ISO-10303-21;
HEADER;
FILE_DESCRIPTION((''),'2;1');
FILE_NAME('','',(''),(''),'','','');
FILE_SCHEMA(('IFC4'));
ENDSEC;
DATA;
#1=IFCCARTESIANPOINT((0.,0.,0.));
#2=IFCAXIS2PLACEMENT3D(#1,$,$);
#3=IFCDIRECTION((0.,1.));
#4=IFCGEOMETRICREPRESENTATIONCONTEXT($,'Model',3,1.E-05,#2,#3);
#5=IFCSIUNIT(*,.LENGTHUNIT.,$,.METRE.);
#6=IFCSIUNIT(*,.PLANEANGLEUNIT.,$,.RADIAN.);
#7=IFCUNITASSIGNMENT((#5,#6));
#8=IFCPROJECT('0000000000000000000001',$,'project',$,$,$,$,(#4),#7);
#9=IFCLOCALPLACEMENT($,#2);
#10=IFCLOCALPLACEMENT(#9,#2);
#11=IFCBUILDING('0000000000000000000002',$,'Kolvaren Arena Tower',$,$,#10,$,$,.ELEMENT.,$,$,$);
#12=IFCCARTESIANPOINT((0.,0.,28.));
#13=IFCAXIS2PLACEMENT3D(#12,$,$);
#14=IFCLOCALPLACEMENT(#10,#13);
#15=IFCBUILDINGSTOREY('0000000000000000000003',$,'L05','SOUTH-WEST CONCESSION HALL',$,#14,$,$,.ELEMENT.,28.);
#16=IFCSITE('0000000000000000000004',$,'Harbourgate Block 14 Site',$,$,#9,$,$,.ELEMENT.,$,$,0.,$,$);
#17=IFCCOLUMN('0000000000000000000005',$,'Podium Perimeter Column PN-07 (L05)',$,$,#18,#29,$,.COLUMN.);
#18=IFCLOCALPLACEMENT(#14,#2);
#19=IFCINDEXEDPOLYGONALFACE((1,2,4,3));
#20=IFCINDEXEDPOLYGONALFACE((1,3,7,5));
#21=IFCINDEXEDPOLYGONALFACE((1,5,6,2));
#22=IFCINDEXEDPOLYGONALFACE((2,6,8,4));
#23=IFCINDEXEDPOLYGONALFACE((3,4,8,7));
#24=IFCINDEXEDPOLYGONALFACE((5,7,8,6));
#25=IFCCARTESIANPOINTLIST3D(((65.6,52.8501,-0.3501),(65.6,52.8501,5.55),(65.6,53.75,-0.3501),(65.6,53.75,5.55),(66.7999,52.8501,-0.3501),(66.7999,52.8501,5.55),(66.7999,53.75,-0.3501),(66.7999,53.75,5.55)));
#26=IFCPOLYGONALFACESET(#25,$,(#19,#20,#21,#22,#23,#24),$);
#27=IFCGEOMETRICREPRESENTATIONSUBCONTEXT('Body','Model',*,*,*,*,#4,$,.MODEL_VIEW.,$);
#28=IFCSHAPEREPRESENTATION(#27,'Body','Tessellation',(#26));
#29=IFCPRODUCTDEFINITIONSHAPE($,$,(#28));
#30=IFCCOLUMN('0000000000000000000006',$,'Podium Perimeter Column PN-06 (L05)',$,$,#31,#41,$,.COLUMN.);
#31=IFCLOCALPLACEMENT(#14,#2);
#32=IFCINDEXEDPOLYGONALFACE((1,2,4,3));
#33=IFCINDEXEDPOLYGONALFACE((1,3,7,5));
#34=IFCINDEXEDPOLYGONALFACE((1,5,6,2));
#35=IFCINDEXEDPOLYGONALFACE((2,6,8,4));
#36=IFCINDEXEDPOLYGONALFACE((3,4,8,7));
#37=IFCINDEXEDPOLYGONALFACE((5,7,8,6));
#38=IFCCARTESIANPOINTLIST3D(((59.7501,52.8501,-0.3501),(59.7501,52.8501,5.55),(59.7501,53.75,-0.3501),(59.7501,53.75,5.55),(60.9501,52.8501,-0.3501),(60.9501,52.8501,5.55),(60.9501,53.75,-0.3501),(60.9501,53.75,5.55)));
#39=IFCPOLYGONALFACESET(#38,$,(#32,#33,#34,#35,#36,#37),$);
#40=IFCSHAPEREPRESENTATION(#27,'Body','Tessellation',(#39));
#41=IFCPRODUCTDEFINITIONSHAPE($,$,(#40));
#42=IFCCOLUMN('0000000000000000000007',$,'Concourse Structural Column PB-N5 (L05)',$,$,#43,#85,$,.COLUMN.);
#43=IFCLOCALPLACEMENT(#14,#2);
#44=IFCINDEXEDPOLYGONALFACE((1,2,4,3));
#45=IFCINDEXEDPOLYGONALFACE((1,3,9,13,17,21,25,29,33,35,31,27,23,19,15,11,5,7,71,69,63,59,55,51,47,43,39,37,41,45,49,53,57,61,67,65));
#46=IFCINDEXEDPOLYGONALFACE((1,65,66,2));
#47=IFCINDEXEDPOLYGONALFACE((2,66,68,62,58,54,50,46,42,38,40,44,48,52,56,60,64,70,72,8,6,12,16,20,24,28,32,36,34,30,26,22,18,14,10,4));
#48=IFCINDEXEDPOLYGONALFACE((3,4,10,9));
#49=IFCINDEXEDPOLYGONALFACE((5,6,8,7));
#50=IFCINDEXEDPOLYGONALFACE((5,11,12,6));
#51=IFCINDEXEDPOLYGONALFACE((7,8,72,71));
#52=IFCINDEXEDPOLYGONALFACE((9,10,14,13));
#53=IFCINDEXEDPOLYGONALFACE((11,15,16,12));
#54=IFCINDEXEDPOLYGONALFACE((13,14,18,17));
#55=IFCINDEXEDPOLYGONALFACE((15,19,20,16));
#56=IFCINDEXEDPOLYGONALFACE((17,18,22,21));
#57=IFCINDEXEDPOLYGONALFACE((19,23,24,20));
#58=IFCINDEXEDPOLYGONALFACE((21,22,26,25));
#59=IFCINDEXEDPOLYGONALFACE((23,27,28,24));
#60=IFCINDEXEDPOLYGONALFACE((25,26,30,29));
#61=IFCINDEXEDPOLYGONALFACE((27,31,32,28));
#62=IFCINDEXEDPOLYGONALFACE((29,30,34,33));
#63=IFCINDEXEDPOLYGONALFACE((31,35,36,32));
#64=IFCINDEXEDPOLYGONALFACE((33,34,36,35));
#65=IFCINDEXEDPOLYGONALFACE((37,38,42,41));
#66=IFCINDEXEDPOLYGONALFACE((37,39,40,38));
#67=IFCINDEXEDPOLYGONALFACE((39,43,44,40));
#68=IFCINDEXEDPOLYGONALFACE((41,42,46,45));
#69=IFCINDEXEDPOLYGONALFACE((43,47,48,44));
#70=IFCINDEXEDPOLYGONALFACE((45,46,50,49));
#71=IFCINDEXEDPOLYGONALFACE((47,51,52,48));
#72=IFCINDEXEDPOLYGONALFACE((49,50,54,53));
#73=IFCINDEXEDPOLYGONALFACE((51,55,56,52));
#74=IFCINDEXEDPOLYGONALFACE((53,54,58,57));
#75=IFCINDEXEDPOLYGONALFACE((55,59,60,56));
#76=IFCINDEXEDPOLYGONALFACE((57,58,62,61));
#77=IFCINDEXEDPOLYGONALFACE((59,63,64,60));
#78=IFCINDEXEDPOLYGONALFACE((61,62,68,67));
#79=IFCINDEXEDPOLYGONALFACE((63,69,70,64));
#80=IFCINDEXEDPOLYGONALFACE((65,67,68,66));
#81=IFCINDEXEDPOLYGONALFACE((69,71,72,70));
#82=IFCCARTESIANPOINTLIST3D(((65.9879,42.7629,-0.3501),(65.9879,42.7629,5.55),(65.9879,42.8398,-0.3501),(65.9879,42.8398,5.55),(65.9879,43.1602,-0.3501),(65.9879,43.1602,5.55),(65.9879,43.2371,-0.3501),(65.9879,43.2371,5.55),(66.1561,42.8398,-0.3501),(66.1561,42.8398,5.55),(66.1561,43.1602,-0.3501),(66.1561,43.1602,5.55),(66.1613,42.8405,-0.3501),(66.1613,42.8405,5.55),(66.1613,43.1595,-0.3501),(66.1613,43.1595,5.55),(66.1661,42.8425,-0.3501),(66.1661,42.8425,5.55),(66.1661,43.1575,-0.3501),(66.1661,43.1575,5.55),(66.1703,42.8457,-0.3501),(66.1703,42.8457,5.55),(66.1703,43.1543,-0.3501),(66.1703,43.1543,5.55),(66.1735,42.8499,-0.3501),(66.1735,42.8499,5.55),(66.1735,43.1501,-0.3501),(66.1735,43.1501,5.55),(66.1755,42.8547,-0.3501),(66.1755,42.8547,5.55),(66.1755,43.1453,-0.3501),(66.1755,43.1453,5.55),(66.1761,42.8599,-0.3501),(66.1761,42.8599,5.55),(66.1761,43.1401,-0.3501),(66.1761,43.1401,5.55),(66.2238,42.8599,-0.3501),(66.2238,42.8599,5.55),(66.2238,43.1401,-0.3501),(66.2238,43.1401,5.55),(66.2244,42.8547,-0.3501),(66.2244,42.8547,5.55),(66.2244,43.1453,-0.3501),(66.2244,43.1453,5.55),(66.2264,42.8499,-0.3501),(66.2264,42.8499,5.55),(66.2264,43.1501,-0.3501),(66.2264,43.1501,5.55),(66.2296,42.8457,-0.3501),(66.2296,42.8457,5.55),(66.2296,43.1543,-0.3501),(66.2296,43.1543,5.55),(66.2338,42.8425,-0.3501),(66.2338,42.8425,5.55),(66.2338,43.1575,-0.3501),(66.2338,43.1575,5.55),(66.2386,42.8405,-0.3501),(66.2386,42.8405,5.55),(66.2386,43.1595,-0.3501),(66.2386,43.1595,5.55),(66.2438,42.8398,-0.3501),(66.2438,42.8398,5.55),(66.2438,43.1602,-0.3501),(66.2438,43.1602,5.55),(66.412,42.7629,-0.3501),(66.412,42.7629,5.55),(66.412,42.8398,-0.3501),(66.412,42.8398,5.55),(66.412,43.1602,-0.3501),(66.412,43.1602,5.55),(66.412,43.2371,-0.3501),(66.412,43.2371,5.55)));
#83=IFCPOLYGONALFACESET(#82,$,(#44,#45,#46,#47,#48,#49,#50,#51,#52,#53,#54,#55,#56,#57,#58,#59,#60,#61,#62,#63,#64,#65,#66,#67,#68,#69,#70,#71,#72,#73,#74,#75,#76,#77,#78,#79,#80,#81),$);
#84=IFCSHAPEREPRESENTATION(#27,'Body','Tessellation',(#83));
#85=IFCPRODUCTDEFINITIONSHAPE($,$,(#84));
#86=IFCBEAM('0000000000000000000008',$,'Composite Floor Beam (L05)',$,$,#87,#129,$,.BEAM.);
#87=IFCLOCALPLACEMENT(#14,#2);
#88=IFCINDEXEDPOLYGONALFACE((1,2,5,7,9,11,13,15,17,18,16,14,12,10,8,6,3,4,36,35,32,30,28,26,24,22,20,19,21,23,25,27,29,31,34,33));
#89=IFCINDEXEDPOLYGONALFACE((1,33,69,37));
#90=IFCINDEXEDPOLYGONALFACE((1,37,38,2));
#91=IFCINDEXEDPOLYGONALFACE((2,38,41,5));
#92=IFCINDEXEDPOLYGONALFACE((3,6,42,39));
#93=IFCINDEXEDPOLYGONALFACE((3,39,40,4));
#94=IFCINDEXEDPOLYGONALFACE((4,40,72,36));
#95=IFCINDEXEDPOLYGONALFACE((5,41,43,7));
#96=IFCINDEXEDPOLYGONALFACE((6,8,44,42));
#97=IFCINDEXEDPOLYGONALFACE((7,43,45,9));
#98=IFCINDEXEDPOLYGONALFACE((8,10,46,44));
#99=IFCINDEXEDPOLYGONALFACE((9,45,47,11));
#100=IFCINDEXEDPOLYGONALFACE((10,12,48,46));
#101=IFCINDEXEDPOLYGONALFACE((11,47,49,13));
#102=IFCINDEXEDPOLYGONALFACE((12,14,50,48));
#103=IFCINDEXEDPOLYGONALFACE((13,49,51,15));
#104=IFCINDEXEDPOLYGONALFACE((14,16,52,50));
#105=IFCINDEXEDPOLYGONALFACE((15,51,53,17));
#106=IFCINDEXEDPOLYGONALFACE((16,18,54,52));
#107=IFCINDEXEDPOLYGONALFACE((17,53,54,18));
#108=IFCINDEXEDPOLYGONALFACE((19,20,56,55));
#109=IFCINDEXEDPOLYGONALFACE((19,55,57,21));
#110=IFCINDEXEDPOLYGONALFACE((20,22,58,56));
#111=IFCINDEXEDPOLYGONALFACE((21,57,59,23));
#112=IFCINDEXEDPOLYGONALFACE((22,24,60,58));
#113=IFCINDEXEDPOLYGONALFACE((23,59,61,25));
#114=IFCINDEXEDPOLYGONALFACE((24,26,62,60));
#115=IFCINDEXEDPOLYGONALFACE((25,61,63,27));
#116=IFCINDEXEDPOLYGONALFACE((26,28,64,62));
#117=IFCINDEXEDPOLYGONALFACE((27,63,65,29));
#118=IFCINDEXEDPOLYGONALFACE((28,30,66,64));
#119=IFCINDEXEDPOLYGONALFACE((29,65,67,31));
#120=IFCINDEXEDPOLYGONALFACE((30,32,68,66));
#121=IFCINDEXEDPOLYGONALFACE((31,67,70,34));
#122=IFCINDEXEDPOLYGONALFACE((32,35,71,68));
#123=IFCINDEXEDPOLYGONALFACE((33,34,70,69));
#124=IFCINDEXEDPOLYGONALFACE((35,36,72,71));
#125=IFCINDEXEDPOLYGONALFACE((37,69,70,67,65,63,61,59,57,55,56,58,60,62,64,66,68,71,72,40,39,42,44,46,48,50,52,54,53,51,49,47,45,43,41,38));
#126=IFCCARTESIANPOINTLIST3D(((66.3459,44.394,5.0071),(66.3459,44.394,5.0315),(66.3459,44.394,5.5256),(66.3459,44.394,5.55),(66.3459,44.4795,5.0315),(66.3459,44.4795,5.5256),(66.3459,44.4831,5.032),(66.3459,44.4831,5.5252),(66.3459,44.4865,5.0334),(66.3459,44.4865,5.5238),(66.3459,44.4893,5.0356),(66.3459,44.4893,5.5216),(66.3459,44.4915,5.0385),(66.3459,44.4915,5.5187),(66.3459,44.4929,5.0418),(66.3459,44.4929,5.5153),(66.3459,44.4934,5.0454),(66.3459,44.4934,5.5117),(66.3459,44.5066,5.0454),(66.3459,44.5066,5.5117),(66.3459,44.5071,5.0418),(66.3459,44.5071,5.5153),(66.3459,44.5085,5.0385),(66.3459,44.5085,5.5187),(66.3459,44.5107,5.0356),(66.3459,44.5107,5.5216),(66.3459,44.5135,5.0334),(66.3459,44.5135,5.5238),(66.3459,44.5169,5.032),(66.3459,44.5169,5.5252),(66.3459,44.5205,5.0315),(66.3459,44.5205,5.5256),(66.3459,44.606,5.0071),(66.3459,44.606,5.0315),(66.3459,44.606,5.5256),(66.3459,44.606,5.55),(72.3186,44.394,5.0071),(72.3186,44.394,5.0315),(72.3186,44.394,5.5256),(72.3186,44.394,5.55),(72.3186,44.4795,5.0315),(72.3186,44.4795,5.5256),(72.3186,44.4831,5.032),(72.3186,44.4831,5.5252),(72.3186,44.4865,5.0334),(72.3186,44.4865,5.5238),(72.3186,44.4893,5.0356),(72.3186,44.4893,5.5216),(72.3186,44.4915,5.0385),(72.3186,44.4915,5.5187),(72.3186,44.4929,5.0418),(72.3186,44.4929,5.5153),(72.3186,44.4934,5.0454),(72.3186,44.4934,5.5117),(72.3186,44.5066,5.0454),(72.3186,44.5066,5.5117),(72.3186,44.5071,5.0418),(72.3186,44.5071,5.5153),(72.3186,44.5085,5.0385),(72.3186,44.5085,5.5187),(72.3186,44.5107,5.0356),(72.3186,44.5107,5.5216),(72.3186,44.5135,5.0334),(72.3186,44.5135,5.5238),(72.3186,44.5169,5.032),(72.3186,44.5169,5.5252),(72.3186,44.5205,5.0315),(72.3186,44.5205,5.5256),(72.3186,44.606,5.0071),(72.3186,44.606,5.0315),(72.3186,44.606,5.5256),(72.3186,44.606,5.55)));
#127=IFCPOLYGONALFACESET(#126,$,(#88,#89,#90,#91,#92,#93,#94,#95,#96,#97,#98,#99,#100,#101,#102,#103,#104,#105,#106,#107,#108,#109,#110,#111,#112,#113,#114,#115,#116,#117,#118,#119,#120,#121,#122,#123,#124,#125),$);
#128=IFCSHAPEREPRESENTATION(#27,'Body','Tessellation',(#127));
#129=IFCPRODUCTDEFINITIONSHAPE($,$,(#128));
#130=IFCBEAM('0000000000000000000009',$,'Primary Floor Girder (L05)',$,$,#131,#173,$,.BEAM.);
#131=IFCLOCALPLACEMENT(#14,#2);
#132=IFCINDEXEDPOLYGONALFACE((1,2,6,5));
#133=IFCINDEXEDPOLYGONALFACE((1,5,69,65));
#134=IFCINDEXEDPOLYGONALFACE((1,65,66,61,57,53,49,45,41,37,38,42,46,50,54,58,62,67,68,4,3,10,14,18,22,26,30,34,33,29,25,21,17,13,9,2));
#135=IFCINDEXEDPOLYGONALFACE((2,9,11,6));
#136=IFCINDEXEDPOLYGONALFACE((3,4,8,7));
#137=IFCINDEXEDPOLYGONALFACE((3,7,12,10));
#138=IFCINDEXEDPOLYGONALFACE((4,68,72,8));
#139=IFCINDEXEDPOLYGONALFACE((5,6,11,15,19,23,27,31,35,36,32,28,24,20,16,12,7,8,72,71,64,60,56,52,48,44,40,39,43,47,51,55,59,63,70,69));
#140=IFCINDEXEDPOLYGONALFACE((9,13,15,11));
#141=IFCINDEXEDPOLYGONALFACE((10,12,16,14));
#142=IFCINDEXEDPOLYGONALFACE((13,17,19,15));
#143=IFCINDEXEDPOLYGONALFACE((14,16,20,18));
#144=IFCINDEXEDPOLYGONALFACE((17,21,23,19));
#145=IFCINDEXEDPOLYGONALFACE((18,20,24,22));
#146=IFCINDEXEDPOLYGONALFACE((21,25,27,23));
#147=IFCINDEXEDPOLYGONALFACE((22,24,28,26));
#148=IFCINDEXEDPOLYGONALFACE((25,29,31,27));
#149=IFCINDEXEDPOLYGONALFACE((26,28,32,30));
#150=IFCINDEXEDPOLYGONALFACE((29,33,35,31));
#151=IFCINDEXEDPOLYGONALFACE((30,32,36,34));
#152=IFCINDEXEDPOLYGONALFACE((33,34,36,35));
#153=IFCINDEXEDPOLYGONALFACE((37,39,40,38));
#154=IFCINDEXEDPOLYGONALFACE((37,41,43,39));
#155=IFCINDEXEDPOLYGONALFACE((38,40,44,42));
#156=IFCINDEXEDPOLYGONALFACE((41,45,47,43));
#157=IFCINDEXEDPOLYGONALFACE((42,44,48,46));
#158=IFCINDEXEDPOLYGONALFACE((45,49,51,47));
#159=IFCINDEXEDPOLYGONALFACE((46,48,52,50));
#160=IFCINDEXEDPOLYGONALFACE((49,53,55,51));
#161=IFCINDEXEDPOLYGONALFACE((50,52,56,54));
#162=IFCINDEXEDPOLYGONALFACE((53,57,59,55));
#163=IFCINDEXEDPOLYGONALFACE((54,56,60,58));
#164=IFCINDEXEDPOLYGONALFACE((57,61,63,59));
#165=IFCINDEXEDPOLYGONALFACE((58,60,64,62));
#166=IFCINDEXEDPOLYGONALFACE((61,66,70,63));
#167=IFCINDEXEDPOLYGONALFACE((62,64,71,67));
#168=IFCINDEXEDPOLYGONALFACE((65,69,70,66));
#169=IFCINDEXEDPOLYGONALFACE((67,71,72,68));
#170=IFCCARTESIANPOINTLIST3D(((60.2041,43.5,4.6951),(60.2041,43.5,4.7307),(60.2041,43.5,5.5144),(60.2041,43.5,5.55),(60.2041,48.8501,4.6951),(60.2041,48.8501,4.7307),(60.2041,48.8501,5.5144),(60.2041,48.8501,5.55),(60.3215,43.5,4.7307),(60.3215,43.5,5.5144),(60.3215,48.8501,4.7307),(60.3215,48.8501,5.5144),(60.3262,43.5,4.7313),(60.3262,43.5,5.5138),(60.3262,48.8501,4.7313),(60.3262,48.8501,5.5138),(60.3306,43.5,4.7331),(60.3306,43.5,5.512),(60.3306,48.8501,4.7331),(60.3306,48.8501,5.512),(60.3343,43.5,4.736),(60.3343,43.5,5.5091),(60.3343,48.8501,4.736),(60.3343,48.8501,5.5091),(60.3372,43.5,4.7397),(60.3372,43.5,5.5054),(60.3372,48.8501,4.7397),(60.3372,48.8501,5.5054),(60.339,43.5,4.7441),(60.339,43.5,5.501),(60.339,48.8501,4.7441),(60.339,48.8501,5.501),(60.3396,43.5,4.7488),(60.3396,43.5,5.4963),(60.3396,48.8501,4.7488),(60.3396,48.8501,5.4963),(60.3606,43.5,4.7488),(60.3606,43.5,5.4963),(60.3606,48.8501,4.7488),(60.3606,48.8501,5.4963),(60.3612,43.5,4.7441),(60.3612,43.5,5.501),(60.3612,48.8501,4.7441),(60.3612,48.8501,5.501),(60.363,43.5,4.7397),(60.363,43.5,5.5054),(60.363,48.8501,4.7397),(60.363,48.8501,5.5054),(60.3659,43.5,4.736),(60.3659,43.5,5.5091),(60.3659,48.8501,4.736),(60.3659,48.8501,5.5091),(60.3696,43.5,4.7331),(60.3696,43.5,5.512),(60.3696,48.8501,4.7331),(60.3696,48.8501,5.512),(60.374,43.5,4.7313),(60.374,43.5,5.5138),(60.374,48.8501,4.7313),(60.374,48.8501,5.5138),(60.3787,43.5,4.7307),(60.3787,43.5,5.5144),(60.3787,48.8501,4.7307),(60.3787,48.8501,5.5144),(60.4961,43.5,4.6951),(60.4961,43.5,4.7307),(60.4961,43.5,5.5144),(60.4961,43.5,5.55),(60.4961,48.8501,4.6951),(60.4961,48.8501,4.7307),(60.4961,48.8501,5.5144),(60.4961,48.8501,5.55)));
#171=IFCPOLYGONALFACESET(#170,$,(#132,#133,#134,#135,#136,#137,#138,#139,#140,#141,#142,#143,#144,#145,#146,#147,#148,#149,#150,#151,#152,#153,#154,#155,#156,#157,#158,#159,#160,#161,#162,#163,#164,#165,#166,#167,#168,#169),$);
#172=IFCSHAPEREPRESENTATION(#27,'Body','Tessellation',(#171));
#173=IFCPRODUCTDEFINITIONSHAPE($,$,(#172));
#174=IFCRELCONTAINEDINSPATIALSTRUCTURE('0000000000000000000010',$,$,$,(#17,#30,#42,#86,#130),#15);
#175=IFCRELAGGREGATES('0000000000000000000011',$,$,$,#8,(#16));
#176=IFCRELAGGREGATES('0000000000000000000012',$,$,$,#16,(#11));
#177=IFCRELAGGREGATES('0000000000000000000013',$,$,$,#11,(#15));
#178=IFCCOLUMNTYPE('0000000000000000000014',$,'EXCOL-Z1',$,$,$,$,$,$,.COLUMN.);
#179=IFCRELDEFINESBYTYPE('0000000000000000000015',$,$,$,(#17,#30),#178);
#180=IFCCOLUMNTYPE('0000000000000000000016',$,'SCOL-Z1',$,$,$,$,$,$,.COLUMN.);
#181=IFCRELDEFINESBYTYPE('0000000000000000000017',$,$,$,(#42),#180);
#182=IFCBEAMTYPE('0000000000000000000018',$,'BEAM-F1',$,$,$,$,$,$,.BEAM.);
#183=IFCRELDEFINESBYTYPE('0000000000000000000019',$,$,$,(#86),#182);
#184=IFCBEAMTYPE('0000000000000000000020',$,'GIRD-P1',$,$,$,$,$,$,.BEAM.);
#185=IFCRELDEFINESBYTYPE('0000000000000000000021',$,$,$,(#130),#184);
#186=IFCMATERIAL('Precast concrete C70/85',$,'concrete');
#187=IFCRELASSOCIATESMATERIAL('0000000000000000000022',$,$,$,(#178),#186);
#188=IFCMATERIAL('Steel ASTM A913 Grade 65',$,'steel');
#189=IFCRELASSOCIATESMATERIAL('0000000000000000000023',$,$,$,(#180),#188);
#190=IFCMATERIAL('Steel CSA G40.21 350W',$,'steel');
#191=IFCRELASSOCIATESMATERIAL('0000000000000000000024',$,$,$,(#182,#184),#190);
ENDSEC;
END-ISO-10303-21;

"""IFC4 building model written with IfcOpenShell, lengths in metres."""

from ifc_helpers import new_model, si_unit, direction, frame, origin, origin_2d, place, context, subcontext, project, spatial, rectangle, i_section, extrude, material, material_profile, profile_set, type_object, element, save


model = new_model("IFC4")

# Units and contexts
model_context = context("Model", 3, precision=1e-05, world=origin(), true_north=direction((0.0, 1.0)))
body_context = subcontext(model_context, "Body", "Model", "MODEL_VIEW")
ifc_project = project(units=[si_unit("LENGTHUNIT", "METRE"), si_unit("PLANEANGLEUNIT", "RADIAN")], contexts=[model_context])

# Site, building, storey
site_placement = place(None, origin())
site = spatial("IfcSite", under=ifc_project, at=site_placement, Name="Harbourgate Block 14 Site", CompositionType="ELEMENT", RefElevation=0.0)
building_placement = place(site_placement, origin())
building = spatial("IfcBuilding", under=site, at=building_placement, Name="Kolvaren Arena Tower", CompositionType="ELEMENT")
storey_placement = place(building_placement, frame((0.0, 0.0, 28.0)))
storey = spatial("IfcBuildingStorey", under=building, at=storey_placement, Name="L05", Description="SOUTH-WEST CONCESSION HALL", CompositionType="ELEMENT", Elevation=28.0)

# Columns
ifc_material_1 = material(Name="Precast concrete C70/85", Category="concrete")
ifc_material_profile_1 = material_profile(ifc_material_1, rectangle(XDim=1.2, YDim=0.8999, at=origin_2d()), Name="RC-1200x900")
ifc_profile_set_1 = profile_set([ifc_material_profile_1], Name="Precast concrete C70/85")
column_type_1 = type_object("IfcColumnType", Name="EXCOL-Z1", PredefinedType="COLUMN", material=ifc_profile_set_1)
for number, where, z_axis, x_axis, name in (
    (1, (66.2, 53.3, -0.3501), (0.0, 0.0, 1.0), (1.0, 0.0, 0.0), "Podium Perimeter Column PN-07 (L05)"),
    (2, (60.3501, 53.3, -0.3501), (0.0, 0.0, 1.0), (1.0, 0.0, 0.0), "Podium Perimeter Column PN-06 (L05)"),
):
    element("IfcColumn", number, at=place(storey_placement, frame(where, z_axis=z_axis, x_axis=x_axis)), inside=storey, type_object=column_type_1, Name=name, PredefinedType="COLUMN", context=body_context, shape_type="SweptSolid", body=[
        extrude(rectangle(XDim=1.2, YDim=0.8999, at=origin_2d()), origin(), (0.0, 0.0, 1.0), 5.9001),
    ])
ifc_material_2 = material(Name="Steel ASTM A913 Grade 65", Category="steel")
ifc_material_profile_2 = material_profile(ifc_material_2, i_section(OverallWidth=0.4241, OverallDepth=0.4741, WebThickness=0.0476, FlangeThickness=0.0769, FilletRadius=0.02, at=origin_2d()), Name="W360x634")
ifc_profile_set_2 = profile_set([ifc_material_profile_2], Name="Steel ASTM A913 Grade 65")
column_type_2 = type_object("IfcColumnType", Name="SCOL-Z1", PredefinedType="COLUMN", material=ifc_profile_set_2)
column_placement = place(storey_placement, frame((66.2, 43.0, -0.3501), z_axis=(0.0, 0.0, 1.0), x_axis=(1.0, 0.0, 0.0)))
element("IfcColumn", 3, at=column_placement, inside=storey, type_object=column_type_2, Name="Concourse Structural Column PB-N5 (L05)", PredefinedType="COLUMN", context=body_context, shape_type="SweptSolid", body=[
    extrude(i_section(OverallWidth=0.4241, OverallDepth=0.4741, WebThickness=0.0476, FlangeThickness=0.0769, FilletRadius=0.02, at=origin_2d()), origin(), (0.0, 0.0, 1.0), 5.9001),
])

# Beams
ifc_material_3 = material(Name="Steel CSA G40.21 350W", Category="steel")
ifc_material_profile_3 = material_profile(ifc_material_3, i_section(OverallWidth=0.2119, OverallDepth=0.543, WebThickness=0.0132, FlangeThickness=0.0244, FilletRadius=0.0139, at=origin_2d()), Name="W530x150")
ifc_profile_set_3 = profile_set([ifc_material_profile_3], Name="Steel CSA G40.21 350W")
beam_type_1 = type_object("IfcBeamType", Name="BEAM-F1", PredefinedType="BEAM", material=ifc_profile_set_3)
beam_1_placement = place(storey_placement, frame((66.3459, 44.5, 5.2786), z_axis=(1.0, 0.0, 0.0), x_axis=(0.0, 1.0, 0.0)))
element("IfcBeam", 4, at=beam_1_placement, inside=storey, type_object=beam_type_1, Name="Composite Floor Beam (L05)", PredefinedType="BEAM", context=body_context, shape_type="SweptSolid", body=[
    extrude(i_section(OverallWidth=0.2119, OverallDepth=0.543, WebThickness=0.0132, FlangeThickness=0.0244, FilletRadius=0.0139, at=origin_2d()), origin(), (0.0, 0.0, 1.0), 5.9727),
])
ifc_material_profile_4 = material_profile(ifc_material_3, i_section(OverallWidth=0.292, OverallDepth=0.855, WebThickness=0.021, FlangeThickness=0.0356, FilletRadius=0.0181, at=origin_2d()), Name="W840x299")
ifc_profile_set_4 = profile_set([ifc_material_profile_4], Name="Steel CSA G40.21 350W")
beam_type_2 = type_object("IfcBeamType", Name="GIRD-P1", PredefinedType="BEAM", material=ifc_profile_set_4)
beam_2_placement = place(storey_placement, frame((60.3501, 43.5, 5.1226), z_axis=(0.0, 1.0, 0.0), x_axis=(-1.0, 0.0, 0.0)))
element("IfcBeam", 5, at=beam_2_placement, inside=storey, type_object=beam_type_2, Name="Primary Floor Girder (L05)", PredefinedType="BEAM", context=body_context, shape_type="SweptSolid", body=[
    extrude(i_section(OverallWidth=0.292, OverallDepth=0.855, WebThickness=0.021, FlangeThickness=0.0356, FilletRadius=0.0181, at=origin_2d()), origin(), (0.0, 0.0, 1.0), 5.3501),
])

save(model, "model.ifc")
